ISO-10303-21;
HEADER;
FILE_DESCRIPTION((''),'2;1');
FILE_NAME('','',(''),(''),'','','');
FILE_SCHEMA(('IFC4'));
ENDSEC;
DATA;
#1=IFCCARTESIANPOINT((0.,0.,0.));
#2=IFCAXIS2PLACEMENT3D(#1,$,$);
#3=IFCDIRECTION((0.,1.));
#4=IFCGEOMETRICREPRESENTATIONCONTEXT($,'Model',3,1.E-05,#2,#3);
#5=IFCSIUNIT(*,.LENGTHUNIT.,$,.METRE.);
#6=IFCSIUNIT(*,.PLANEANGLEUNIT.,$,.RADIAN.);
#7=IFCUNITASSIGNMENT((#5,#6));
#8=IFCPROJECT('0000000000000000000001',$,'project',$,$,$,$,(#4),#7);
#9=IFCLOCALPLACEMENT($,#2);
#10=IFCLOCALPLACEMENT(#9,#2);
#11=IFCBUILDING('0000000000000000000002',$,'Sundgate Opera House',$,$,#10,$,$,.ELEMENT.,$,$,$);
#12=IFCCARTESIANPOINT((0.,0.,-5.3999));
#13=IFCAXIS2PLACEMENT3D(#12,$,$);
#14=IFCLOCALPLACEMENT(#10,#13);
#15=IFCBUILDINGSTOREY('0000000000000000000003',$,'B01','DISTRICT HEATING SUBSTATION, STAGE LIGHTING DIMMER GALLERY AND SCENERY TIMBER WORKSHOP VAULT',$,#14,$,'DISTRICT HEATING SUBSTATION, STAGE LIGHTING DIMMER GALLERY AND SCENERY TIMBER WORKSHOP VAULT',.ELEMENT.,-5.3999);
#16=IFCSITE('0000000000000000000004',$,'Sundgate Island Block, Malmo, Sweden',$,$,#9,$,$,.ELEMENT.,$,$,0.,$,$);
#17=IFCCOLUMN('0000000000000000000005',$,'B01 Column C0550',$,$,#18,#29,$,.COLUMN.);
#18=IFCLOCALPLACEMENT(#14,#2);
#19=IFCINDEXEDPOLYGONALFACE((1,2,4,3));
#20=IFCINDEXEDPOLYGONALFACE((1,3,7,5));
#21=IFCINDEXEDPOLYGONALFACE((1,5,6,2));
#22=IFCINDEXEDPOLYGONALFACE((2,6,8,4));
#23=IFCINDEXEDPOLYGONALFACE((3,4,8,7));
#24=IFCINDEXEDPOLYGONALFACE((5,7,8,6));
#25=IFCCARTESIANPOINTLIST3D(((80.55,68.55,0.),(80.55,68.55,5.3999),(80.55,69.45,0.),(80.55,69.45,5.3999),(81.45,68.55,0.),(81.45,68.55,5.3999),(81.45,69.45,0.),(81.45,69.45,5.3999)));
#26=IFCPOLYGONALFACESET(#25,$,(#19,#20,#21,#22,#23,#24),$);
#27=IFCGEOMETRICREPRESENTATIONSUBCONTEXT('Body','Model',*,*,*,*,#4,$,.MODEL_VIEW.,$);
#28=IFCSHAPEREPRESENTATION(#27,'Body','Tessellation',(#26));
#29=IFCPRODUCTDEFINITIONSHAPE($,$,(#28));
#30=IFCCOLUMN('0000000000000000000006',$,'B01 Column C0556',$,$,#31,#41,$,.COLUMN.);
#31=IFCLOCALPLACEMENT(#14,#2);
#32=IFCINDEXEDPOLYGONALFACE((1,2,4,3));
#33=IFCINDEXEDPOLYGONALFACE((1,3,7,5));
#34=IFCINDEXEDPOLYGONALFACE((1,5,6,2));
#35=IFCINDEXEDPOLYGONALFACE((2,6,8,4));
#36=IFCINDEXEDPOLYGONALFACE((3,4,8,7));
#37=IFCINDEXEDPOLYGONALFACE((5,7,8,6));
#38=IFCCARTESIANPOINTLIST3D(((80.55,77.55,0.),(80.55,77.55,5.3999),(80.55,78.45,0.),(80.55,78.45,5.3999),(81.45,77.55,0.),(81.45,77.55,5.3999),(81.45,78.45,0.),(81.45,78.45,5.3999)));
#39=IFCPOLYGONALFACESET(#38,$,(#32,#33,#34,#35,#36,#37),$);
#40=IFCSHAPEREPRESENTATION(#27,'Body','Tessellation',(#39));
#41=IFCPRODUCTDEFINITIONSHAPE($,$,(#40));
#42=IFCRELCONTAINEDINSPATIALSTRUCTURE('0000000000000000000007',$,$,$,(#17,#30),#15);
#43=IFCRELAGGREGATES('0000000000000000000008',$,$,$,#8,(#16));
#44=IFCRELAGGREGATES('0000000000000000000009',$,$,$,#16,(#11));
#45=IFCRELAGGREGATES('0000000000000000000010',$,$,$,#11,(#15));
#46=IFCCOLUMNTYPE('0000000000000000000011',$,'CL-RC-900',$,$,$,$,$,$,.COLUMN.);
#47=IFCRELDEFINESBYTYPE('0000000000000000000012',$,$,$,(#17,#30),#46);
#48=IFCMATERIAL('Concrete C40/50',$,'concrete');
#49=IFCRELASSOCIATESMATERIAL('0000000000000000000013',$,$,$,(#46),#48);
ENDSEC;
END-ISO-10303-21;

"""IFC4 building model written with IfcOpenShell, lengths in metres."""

from ifc_helpers import new_model, si_unit, direction, frame, origin, origin_2d, place, context, subcontext, project, spatial, rectangle, extrude, material, material_profile, profile_set, type_object, element, save


model = new_model("IFC4")

# Units and contexts
model_context = context("Model", 3, precision=1e-05, world=origin(), true_north=direction((0.0, 1.0)))
body_context = subcontext(model_context, "Body", "Model", "MODEL_VIEW")
ifc_project = project(units=[si_unit("LENGTHUNIT", "METRE"), si_unit("PLANEANGLEUNIT", "RADIAN")], contexts=[model_context])

# Site, building, storey
site_placement = place(None, origin())
site = spatial("IfcSite", under=ifc_project, at=site_placement, Name="Sundgate Island Block, Malmo, Sweden", CompositionType="ELEMENT", RefElevation=0.0)
building_placement = place(site_placement, origin())
building = spatial("IfcBuilding", under=site, at=building_placement, Name="Sundgate Opera House", CompositionType="ELEMENT")
storey_placement = place(building_placement, frame((0.0, 0.0, -5.3999)))
storey = spatial("IfcBuildingStorey", under=building, at=storey_placement, Name="B01", Description="DISTRICT HEATING SUBSTATION, STAGE LIGHTING DIMMER GALLERY AND SCENERY TIMBER WORKSHOP VAULT", LongName="DISTRICT HEATING SUBSTATION, STAGE LIGHTING DIMMER GALLERY AND SCENERY TIMBER WORKSHOP VAULT", CompositionType="ELEMENT", Elevation=-5.3999)

# Columns
ifc_material_1 = material(Name="Concrete C40/50", Category="concrete")
ifc_material_profile_1 = material_profile(ifc_material_1, rectangle(XDim=0.8999, YDim=0.8999, at=origin_2d()), Name="RC 900x900")
ifc_profile_set_1 = profile_set([ifc_material_profile_1], Name="Concrete C40/50")
column_type_1 = type_object("IfcColumnType", Name="CL-RC-900", PredefinedType="COLUMN", material=ifc_profile_set_1)
for number, where, z_axis, x_axis, name in (
    (1, (81.0, 69.0, 0.0), (0.0, 0.0, 1.0), (1.0, 0.0, 0.0), "B01 Column C0550"),
    (2, (81.0, 78.0, 0.0), (0.0, 0.0, 1.0), (1.0, 0.0, 0.0), "B01 Column C0556"),
):
    element("IfcColumn", number, at=place(storey_placement, frame(where, z_axis=z_axis, x_axis=x_axis)), inside=storey, type_object=column_type_1, Name=name, PredefinedType="COLUMN", context=body_context, shape_type="SweptSolid", body=[
        extrude(rectangle(XDim=0.8999, YDim=0.8999, at=origin_2d()), origin(), (0.0, 0.0, 1.0), 5.3999),
    ])

save(model, "model.ifc")
